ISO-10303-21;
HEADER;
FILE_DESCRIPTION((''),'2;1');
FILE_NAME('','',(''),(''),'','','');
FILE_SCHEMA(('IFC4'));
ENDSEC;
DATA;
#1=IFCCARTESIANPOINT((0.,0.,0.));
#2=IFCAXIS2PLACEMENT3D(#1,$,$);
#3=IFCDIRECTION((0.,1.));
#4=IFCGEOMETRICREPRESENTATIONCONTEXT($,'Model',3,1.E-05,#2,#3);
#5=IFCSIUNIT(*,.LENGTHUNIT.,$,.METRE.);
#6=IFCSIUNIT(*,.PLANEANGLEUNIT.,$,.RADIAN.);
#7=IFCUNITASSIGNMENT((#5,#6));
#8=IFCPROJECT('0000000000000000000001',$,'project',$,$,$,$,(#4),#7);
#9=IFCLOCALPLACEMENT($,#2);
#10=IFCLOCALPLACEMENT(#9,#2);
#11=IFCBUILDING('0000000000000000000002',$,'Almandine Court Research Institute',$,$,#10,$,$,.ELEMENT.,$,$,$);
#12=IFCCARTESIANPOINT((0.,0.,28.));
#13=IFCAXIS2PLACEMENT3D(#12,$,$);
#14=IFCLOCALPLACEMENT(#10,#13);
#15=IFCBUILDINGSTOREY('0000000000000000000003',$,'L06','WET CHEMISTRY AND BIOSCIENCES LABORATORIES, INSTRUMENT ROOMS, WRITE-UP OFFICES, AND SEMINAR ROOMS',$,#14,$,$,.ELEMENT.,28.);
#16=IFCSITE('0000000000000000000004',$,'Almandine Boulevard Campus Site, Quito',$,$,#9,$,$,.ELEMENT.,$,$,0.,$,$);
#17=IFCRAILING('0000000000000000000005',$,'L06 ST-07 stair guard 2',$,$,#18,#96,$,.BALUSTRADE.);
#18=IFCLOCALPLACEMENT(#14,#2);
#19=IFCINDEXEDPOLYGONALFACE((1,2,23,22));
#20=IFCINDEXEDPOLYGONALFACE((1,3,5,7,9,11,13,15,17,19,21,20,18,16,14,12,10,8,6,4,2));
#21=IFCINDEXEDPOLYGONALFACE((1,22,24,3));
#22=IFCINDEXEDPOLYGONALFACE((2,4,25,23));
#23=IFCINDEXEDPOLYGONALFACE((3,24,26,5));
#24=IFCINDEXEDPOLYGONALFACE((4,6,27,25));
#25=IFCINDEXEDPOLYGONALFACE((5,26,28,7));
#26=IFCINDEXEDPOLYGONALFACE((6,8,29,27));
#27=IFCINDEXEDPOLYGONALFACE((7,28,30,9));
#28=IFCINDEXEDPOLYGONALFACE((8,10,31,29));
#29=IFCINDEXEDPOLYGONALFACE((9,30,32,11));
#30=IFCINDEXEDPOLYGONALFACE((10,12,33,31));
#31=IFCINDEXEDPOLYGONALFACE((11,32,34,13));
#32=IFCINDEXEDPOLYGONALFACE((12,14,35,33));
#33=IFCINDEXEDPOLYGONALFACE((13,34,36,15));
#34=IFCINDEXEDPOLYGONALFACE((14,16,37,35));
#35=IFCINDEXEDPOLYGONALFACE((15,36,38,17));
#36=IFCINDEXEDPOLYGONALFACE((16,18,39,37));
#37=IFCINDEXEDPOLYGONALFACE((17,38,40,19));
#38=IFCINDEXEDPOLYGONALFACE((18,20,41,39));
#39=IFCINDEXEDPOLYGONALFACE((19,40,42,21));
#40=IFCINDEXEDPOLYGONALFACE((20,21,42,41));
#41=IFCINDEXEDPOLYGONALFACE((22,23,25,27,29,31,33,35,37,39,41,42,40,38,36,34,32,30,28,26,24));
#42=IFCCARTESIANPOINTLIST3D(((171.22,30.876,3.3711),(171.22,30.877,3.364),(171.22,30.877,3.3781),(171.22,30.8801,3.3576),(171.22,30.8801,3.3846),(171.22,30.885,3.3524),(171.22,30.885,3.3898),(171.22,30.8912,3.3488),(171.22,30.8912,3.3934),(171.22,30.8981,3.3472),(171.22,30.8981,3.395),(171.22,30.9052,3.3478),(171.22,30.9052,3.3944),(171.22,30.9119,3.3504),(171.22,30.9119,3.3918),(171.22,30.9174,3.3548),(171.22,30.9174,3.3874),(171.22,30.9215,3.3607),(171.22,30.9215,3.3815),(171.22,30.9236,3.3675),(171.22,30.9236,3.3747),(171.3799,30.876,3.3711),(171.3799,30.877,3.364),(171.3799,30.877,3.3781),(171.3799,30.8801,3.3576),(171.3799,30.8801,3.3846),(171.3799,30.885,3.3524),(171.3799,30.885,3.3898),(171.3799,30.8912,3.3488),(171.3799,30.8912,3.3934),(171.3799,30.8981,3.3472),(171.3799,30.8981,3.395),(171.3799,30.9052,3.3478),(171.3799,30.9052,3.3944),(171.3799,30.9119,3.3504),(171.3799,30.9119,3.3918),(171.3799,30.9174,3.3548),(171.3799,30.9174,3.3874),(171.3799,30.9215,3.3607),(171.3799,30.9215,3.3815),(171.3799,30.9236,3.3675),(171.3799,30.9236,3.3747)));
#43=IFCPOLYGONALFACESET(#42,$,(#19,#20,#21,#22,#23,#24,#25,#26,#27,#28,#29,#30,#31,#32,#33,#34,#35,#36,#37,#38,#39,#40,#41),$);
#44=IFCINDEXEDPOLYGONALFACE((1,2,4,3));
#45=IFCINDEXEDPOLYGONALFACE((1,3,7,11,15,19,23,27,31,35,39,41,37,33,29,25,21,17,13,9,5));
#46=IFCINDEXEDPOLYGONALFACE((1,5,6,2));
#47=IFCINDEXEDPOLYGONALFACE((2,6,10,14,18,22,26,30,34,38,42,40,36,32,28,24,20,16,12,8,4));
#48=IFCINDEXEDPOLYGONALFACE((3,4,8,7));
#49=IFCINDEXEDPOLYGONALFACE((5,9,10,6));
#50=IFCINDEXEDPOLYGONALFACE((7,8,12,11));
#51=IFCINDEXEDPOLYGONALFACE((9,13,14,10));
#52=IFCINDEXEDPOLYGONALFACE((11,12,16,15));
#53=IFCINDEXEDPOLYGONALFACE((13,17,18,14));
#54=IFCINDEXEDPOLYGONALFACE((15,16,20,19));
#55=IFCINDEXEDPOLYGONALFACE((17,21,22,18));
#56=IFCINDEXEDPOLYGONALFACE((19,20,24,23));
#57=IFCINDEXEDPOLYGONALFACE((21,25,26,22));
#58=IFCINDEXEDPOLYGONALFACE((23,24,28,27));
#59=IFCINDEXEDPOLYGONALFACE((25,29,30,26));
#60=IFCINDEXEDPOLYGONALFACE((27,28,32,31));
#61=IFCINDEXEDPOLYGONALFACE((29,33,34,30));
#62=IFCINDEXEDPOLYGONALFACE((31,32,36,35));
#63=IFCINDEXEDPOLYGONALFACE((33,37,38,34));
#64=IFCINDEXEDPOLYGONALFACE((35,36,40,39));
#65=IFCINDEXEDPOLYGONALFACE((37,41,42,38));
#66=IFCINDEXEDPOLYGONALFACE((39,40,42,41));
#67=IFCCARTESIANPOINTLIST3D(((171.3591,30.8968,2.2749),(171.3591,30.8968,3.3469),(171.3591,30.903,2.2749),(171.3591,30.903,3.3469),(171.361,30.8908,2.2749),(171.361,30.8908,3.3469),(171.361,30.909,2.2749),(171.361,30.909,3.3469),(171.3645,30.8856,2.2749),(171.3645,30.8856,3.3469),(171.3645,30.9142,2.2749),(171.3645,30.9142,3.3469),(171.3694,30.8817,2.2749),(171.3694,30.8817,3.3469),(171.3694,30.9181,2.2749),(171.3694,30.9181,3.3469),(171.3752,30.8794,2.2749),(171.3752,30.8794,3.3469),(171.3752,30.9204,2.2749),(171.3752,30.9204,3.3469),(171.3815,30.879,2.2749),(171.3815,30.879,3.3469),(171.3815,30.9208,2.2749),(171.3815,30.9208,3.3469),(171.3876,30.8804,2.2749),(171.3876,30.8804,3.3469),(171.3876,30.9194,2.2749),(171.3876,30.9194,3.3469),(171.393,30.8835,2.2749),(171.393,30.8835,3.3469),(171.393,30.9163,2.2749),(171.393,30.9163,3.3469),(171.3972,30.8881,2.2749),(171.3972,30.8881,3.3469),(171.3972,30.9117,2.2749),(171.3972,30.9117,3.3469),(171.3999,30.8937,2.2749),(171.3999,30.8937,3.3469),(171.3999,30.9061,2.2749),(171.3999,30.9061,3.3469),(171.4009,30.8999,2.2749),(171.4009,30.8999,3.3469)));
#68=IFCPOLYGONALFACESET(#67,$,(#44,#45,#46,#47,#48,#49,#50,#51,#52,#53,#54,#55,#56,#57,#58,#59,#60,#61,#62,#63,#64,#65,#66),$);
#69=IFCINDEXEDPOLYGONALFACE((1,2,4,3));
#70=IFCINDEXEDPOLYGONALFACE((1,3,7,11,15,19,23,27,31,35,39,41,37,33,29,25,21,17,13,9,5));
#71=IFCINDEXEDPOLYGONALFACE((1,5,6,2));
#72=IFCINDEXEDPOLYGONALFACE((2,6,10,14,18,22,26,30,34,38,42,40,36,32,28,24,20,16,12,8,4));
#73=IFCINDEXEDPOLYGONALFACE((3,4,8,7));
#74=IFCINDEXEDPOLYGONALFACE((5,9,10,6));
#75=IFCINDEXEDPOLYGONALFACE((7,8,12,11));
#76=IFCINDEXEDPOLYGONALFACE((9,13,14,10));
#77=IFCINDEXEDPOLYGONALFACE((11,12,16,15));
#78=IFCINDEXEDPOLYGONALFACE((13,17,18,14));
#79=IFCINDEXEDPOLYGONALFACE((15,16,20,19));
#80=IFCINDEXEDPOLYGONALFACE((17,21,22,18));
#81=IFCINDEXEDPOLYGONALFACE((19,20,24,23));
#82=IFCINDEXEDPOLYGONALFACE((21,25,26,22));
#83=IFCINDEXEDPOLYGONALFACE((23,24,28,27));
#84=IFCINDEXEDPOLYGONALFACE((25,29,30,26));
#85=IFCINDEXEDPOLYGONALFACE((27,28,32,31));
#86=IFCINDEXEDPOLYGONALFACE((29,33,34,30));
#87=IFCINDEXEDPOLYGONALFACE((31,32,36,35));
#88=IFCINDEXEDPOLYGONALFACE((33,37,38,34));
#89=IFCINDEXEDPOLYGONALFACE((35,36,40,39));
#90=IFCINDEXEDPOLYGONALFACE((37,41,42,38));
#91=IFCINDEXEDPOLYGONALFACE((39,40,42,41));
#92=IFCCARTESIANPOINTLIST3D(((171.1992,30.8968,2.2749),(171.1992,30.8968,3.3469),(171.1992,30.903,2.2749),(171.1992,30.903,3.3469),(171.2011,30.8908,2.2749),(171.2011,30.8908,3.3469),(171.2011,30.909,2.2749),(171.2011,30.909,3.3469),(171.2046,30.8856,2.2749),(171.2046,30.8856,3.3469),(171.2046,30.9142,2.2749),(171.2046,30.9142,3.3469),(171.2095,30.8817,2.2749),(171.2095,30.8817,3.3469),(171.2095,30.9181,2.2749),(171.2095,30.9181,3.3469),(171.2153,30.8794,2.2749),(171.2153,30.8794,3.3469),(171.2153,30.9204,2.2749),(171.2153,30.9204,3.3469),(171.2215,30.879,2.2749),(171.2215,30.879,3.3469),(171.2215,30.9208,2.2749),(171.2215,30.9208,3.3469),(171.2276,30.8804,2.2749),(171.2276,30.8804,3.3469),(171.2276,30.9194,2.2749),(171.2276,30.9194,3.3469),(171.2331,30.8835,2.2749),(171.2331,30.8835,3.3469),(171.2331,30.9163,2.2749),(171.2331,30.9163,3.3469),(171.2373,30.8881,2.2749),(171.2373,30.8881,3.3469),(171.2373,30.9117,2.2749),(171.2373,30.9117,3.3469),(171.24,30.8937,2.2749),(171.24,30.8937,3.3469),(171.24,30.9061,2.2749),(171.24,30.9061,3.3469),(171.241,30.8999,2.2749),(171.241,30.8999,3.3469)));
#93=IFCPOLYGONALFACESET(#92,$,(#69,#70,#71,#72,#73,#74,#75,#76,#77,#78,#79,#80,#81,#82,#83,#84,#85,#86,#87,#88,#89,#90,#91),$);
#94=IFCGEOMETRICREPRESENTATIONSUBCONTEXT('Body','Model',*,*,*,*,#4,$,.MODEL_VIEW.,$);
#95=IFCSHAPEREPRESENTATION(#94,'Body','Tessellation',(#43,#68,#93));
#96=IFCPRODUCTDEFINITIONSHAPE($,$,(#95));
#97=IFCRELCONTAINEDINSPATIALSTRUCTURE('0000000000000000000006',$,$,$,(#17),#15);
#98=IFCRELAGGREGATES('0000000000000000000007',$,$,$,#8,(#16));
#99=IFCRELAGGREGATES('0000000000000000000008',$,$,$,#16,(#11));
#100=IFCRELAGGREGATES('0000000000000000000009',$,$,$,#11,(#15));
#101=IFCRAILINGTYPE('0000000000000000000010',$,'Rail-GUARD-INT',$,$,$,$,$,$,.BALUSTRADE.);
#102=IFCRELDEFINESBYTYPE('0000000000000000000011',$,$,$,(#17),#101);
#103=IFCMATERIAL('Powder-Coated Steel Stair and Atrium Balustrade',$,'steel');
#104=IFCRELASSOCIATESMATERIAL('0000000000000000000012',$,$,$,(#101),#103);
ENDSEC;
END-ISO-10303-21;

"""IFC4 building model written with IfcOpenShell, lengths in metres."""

from ifc_helpers import new_model, si_unit, direction, frame, origin, origin_2d, place, context, subcontext, project, spatial, circle, extrude, material, type_object, element, save


model = new_model("IFC4")

# Units and contexts
model_context = context("Model", 3, precision=1e-05, world=origin(), true_north=direction((0.0, 1.0)))
body_context = subcontext(model_context, "Body", "Model", "MODEL_VIEW")
ifc_project = project(units=[si_unit("LENGTHUNIT", "METRE"), si_unit("PLANEANGLEUNIT", "RADIAN")], contexts=[model_context])

# Site, building, storey
site_placement = place(None, origin())
site = spatial("IfcSite", under=ifc_project, at=site_placement, Name="Almandine Boulevard Campus Site, Quito", CompositionType="ELEMENT", RefElevation=0.0)
building_placement = place(site_placement, origin())
building = spatial("IfcBuilding", under=site, at=building_placement, Name="Almandine Court Research Institute", CompositionType="ELEMENT")
storey_placement = place(building_placement, frame((0.0, 0.0, 28.0)))
storey = spatial("IfcBuildingStorey", under=building, at=storey_placement, Name="L06", Description="WET CHEMISTRY AND BIOSCIENCES LABORATORIES, INSTRUMENT ROOMS, WRITE-UP OFFICES, AND SEMINAR ROOMS", CompositionType="ELEMENT", Elevation=28.0)

# Railing
ifc_material_1 = material(Name="Powder-Coated Steel Stair and Atrium Balustrade", Category="steel")
railing_type_1 = type_object("IfcRailingType", Name="Rail-GUARD-INT", PredefinedType="BALUSTRADE", material=ifc_material_1)
railing_1_placement = place(storey_placement, frame((171.3799, 30.8999, 2.2749)))
element("IfcRailing", 1, at=railing_1_placement, inside=storey, type_object=railing_type_1, Name="L06 ST-07 stair guard 2", PredefinedType="BALUSTRADE", context=body_context, shape_type="SweptSolid", body=[
    extrude(circle(Radius=0.0239, at=origin_2d()), frame((0.0, 0.0, 1.0962), z_axis=(-1.0, 0.0, 0.0), x_axis=(0.0, -1.0, 0.0)), (0.0, 0.0, 1.0), 0.1599),
    extrude(circle(Radius=0.021, at=origin_2d()), origin(), (0.0, 0.0, 1.0), 1.072),
    extrude(circle(Radius=0.021, at=origin_2d()), frame((-0.1599, 0.0, 0.0)), (0.0, 0.0, 1.0), 1.072),
])

save(model, "model.ifc")
